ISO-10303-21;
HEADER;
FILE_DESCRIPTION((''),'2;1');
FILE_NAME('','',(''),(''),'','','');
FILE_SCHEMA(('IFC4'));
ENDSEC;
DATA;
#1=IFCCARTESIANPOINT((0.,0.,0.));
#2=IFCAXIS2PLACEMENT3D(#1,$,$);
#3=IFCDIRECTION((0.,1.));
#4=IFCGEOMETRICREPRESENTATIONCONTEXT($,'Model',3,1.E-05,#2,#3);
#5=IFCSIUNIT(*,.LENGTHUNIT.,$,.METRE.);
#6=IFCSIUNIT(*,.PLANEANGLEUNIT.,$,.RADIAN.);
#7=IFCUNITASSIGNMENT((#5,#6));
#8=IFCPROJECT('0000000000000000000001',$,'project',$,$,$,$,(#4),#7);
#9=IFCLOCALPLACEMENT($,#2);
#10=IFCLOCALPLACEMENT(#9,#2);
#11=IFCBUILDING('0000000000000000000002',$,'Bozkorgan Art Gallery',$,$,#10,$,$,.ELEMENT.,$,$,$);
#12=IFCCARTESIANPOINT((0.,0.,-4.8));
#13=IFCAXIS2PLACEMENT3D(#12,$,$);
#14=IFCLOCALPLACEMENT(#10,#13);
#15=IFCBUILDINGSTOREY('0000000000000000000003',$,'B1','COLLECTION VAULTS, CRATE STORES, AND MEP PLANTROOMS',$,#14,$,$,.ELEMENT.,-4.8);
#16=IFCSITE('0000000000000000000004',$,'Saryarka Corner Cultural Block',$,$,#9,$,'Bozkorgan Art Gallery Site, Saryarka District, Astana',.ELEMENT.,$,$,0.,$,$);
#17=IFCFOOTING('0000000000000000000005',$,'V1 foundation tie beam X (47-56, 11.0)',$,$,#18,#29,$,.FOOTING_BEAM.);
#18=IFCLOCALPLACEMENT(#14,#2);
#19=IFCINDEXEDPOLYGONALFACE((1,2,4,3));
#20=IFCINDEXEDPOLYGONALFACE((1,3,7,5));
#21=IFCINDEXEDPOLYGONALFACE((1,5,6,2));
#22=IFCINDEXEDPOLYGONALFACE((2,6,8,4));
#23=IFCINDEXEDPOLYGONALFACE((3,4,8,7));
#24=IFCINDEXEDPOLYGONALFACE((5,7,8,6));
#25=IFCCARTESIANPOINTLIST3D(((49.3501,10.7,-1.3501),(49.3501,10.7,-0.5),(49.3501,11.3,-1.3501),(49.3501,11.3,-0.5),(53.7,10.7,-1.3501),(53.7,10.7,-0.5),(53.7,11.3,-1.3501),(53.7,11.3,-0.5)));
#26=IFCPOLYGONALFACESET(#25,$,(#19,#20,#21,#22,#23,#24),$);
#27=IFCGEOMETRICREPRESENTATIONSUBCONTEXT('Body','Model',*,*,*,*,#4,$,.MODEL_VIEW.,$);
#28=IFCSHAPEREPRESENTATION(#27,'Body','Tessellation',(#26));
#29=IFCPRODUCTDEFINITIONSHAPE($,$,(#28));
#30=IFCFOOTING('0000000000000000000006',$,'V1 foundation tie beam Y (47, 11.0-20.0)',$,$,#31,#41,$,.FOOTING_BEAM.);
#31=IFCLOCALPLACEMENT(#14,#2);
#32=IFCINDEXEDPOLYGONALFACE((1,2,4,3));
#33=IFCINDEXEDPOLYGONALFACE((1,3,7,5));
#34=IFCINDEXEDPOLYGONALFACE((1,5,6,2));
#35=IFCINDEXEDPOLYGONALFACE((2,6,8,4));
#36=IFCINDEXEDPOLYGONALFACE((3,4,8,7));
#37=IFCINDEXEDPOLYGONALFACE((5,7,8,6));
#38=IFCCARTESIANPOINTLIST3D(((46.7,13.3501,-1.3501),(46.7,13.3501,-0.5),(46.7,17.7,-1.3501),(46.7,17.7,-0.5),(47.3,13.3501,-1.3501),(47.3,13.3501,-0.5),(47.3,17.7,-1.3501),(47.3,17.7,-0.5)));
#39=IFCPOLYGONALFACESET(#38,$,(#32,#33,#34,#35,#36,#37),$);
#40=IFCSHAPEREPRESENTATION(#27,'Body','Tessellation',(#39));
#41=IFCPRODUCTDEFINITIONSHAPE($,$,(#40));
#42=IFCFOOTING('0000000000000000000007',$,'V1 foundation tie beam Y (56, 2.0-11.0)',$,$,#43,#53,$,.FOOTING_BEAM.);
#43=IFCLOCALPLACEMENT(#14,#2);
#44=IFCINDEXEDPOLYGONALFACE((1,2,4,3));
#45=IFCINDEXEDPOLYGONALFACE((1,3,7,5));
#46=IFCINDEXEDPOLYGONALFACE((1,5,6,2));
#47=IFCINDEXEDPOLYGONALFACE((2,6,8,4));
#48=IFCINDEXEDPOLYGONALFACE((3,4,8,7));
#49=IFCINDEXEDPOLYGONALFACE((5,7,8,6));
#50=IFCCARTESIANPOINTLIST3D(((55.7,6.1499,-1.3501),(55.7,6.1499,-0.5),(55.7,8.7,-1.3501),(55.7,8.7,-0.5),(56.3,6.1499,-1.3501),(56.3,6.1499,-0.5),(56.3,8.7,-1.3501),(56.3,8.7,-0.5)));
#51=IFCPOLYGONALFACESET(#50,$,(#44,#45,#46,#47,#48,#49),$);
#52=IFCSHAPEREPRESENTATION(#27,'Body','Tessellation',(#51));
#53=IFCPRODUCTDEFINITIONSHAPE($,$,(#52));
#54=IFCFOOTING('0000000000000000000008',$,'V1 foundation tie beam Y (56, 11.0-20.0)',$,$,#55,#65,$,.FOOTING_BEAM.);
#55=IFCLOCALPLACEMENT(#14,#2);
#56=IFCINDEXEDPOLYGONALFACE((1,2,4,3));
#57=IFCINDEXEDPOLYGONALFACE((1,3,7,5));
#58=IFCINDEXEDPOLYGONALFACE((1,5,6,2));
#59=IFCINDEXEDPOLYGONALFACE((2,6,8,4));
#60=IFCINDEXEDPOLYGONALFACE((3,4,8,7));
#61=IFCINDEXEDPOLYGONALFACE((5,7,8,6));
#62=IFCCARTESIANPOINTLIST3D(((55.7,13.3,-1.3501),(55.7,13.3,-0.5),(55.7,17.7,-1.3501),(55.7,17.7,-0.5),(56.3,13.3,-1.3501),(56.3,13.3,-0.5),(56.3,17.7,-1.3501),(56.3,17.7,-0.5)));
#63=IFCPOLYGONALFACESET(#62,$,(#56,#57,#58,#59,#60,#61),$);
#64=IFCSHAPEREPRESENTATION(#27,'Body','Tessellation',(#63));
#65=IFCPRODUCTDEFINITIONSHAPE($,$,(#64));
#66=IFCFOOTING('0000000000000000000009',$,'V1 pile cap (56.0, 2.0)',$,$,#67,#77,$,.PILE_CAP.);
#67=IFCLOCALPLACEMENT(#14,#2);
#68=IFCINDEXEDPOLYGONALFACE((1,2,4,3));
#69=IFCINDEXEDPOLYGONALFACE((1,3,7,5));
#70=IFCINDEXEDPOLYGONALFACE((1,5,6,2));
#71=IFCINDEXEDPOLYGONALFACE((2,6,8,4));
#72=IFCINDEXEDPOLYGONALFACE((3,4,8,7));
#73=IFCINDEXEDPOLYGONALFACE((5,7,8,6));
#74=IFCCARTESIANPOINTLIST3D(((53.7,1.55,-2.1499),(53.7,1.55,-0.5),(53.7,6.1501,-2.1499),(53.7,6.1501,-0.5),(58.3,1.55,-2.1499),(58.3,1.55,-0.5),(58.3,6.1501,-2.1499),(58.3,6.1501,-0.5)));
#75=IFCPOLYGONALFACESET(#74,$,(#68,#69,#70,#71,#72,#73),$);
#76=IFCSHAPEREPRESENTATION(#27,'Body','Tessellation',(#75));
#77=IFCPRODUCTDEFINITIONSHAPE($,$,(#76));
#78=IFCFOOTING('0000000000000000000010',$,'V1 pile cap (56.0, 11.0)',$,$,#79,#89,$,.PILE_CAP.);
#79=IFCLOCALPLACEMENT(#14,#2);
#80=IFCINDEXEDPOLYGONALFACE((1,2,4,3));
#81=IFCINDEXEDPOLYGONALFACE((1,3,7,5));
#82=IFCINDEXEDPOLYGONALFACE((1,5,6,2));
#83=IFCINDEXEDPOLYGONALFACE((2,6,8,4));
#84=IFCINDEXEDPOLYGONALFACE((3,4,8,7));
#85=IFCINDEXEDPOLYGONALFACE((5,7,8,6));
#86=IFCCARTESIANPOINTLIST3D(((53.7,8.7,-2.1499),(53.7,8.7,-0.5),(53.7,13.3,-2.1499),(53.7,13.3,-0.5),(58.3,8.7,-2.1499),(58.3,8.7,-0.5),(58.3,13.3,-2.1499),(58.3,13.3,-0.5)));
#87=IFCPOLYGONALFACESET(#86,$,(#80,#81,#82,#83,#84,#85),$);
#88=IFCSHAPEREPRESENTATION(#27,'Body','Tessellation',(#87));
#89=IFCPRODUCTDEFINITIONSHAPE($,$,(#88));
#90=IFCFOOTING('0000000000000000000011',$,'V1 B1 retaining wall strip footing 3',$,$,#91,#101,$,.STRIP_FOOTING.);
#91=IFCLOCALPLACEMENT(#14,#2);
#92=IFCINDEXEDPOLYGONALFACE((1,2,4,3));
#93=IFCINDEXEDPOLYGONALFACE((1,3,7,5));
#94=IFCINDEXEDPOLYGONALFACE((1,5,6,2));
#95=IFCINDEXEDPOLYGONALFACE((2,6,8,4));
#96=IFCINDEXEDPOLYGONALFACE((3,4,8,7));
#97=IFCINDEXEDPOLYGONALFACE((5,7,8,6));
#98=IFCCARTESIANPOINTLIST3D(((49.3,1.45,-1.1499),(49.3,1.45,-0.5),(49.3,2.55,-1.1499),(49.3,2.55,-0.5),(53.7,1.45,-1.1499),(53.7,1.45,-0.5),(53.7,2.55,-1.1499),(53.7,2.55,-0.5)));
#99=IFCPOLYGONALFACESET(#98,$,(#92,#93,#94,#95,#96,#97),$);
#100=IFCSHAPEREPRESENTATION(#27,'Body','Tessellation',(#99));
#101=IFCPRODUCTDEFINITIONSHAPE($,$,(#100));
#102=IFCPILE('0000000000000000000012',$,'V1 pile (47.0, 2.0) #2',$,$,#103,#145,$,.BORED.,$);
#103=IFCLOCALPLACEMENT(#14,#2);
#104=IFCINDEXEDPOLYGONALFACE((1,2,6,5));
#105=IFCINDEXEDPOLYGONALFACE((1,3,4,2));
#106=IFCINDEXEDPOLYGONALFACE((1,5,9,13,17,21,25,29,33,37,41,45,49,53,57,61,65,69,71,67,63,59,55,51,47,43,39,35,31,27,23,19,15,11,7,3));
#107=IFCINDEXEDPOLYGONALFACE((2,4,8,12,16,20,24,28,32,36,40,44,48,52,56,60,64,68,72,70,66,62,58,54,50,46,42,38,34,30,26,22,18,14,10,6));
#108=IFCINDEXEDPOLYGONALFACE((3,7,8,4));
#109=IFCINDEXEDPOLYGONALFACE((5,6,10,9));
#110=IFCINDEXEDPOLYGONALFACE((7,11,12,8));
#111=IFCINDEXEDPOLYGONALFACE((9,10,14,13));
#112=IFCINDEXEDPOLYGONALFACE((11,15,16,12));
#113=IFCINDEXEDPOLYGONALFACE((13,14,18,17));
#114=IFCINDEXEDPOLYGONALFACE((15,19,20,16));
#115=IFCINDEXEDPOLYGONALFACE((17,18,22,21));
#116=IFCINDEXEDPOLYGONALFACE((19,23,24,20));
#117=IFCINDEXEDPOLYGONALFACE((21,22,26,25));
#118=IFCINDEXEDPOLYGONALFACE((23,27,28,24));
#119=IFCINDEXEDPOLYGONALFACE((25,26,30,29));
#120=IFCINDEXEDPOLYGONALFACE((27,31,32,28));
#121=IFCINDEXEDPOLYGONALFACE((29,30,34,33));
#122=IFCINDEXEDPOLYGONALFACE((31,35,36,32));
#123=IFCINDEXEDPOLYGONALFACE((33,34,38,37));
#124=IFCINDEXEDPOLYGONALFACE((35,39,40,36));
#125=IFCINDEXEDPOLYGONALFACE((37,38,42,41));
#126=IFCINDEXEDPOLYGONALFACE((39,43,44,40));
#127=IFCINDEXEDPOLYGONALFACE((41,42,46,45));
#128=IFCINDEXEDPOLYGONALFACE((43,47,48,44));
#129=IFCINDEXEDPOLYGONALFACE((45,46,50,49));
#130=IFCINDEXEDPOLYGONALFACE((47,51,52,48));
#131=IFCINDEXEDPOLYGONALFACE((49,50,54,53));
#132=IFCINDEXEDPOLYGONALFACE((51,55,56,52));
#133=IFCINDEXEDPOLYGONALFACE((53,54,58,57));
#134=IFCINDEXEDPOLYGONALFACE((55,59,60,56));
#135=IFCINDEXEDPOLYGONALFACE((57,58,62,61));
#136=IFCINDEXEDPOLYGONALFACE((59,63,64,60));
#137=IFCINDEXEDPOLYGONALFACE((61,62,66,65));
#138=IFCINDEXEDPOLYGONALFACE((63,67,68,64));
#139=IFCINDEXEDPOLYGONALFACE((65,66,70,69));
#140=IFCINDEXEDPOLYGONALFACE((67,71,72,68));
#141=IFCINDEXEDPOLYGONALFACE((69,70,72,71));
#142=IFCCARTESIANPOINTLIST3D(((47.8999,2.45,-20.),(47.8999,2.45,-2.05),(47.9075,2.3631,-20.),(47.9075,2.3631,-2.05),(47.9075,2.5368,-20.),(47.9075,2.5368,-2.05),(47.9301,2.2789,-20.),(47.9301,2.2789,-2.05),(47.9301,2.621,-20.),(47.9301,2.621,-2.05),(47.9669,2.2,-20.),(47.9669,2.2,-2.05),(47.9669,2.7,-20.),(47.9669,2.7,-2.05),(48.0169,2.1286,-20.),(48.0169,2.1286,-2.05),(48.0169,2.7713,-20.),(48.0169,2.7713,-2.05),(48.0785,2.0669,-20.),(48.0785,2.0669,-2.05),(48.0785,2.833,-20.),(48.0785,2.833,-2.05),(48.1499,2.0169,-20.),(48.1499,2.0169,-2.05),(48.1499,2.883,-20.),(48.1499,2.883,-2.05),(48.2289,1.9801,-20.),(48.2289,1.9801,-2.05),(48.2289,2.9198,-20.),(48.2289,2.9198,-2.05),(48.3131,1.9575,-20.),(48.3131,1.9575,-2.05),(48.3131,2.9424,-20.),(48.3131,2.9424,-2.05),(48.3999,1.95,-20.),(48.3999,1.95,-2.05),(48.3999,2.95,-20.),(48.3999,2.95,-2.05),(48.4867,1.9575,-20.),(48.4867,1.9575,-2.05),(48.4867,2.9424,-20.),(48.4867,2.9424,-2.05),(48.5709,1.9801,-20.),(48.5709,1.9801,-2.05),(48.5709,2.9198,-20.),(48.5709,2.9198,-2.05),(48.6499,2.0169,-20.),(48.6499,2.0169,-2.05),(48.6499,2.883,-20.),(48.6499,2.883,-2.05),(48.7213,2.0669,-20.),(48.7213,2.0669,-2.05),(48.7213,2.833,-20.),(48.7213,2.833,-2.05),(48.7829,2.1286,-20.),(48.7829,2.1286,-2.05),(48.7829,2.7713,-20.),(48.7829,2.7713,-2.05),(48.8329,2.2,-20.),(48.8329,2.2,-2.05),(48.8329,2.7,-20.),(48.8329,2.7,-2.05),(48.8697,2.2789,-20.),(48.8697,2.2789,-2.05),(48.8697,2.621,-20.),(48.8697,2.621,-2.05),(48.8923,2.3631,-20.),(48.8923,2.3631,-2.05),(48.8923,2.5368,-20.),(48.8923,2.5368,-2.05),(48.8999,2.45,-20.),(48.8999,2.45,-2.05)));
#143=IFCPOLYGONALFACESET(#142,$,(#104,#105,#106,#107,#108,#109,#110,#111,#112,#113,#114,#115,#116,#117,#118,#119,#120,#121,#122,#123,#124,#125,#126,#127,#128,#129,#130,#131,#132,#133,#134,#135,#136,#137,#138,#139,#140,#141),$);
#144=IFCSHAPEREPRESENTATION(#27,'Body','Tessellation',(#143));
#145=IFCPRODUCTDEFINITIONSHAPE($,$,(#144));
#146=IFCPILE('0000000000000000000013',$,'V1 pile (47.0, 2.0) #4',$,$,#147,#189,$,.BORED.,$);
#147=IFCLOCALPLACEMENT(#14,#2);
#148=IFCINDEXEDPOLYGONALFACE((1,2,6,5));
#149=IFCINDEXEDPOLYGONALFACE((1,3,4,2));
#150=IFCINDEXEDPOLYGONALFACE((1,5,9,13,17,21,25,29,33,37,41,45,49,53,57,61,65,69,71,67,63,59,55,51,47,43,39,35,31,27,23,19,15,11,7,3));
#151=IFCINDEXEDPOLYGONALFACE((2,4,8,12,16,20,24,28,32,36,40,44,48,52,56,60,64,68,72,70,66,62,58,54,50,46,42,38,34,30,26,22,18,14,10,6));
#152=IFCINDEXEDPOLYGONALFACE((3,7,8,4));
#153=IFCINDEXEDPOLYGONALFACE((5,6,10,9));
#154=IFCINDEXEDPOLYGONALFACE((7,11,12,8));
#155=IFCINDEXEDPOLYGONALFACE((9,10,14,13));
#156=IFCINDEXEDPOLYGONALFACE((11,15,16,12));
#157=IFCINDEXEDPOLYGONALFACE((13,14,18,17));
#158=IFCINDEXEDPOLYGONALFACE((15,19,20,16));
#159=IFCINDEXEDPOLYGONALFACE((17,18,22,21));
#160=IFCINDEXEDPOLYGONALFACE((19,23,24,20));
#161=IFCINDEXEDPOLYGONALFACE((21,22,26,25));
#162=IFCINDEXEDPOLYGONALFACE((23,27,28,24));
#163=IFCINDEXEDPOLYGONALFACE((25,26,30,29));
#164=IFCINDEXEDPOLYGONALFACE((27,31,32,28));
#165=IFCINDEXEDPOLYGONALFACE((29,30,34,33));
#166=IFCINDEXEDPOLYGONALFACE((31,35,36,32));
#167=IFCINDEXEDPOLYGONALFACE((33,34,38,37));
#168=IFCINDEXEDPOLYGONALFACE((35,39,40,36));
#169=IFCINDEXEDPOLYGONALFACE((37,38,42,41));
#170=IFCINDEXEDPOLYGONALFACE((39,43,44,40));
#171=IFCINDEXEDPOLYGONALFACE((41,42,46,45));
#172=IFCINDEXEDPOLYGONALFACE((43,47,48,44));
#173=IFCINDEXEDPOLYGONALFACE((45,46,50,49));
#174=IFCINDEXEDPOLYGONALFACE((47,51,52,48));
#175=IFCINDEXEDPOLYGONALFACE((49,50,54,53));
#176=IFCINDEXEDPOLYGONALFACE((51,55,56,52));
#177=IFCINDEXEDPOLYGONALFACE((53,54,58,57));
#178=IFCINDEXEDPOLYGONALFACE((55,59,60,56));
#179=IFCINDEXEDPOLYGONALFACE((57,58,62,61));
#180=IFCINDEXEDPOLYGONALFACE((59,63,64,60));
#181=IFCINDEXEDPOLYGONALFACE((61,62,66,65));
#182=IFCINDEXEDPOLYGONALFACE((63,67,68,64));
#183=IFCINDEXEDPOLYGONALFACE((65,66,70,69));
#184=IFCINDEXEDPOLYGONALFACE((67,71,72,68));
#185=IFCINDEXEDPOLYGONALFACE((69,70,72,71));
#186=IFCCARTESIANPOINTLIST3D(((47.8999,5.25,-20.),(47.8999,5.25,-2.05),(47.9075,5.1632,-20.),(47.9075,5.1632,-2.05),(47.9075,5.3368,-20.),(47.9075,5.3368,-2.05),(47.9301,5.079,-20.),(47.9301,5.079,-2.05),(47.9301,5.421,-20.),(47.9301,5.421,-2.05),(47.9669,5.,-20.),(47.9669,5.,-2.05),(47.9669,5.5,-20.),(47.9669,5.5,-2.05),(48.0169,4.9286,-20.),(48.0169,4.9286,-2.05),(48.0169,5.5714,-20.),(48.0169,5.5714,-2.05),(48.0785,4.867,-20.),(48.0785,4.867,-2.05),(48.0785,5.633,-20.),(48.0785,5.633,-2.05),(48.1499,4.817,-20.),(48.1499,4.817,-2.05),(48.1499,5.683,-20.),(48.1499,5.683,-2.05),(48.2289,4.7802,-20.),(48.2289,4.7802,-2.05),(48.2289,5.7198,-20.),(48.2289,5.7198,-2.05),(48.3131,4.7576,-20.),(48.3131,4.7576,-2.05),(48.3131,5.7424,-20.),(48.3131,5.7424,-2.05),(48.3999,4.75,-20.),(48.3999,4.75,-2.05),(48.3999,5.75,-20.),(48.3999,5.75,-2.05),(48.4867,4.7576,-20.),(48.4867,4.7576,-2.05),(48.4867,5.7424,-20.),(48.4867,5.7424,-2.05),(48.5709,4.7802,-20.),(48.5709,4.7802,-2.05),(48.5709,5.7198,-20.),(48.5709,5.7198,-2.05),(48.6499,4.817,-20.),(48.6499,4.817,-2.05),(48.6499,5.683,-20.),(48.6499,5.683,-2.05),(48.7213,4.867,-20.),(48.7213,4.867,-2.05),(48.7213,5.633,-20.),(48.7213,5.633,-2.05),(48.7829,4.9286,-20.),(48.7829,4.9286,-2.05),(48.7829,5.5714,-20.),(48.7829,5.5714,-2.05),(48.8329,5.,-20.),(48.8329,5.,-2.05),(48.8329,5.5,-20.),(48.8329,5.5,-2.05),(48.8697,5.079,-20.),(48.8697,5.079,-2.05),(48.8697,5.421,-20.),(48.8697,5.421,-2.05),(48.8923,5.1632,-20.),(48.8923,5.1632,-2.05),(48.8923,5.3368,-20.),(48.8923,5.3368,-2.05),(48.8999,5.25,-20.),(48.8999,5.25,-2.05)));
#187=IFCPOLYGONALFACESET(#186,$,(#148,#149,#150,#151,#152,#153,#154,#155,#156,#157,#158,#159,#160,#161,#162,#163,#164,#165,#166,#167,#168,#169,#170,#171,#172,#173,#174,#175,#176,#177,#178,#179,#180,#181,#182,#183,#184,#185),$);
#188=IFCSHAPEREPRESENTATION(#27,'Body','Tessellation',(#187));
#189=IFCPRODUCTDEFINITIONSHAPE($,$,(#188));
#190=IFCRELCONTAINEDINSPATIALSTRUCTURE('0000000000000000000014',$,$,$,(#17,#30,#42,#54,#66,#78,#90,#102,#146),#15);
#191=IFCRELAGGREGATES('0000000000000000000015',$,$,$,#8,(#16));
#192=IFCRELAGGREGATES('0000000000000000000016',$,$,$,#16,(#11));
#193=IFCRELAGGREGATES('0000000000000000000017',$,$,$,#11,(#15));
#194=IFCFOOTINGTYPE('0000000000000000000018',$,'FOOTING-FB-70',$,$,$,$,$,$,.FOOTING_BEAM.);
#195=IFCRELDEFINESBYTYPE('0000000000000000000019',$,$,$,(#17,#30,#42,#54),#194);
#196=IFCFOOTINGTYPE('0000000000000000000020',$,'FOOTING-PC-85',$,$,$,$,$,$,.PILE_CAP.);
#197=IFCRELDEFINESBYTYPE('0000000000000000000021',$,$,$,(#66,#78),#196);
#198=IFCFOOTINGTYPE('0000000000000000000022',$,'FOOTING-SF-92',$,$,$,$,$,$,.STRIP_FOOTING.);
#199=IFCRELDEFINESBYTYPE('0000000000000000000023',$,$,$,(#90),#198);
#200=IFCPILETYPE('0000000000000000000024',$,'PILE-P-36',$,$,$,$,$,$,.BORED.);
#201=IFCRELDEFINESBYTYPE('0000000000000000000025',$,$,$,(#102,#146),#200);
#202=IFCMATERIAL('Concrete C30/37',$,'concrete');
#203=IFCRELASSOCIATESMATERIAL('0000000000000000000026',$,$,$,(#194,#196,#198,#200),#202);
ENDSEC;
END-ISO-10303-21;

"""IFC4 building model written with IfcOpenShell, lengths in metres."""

from ifc_helpers import new_model, si_unit, direction, frame, origin, origin_2d, place, context, subcontext, project, spatial, rectangle, circle, extrude, material, material_profile, profile_set, type_object, element, save


model = new_model("IFC4")

# Units and contexts
model_context = context("Model", 3, precision=1e-05, world=origin(), true_north=direction((0.0, 1.0)))
body_context = subcontext(model_context, "Body", "Model", "MODEL_VIEW")
ifc_project = project(units=[si_unit("LENGTHUNIT", "METRE"), si_unit("PLANEANGLEUNIT", "RADIAN")], contexts=[model_context])

# Site, building, storey
site_placement = place(None, origin())
site = spatial("IfcSite", under=ifc_project, at=site_placement, Name="Saryarka Corner Cultural Block", LongName="Bozkorgan Art Gallery Site, Saryarka District, Astana", CompositionType="ELEMENT", RefElevation=0.0)
building_placement = place(site_placement, origin())
building = spatial("IfcBuilding", under=site, at=building_placement, Name="Bozkorgan Art Gallery", CompositionType="ELEMENT")
storey_placement = place(building_placement, frame((0.0, 0.0, -4.8)))
storey = spatial("IfcBuildingStorey", under=building, at=storey_placement, Name="B1", Description="COLLECTION VAULTS, CRATE STORES, AND MEP PLANTROOMS", CompositionType="ELEMENT", Elevation=-4.8)

# Footings
ifc_material_1 = material(Name="Concrete C30/37", Category="concrete")
ifc_material_profile_1 = material_profile(ifc_material_1, rectangle(XDim=0.6001, YDim=0.8501, at=origin_2d()), Name="FND 600x850")
ifc_profile_set_1 = profile_set([ifc_material_profile_1], Name="Concrete C30/37")
footing_type_1 = type_object("IfcFootingType", Name="FOOTING-FB-70", PredefinedType="FOOTING_BEAM", material=ifc_profile_set_1)
for number, where, z_axis, x_axis, name in (
    (1, (49.3501, 11.0, -0.925), (1.0, 0.0, 0.0), (0.0, 1.0, 0.0), "V1 foundation tie beam X (47-56, 11.0)"),
    (2, (47.0, 13.3501, -0.925), (0.0, 1.0, 0.0), (-1.0, 0.0, 0.0), "V1 foundation tie beam Y (47, 11.0-20.0)"),
):
    element("IfcFooting", number, at=place(storey_placement, frame(where, z_axis=z_axis, x_axis=x_axis)), inside=storey, type_object=footing_type_1, Name=name, PredefinedType="FOOTING_BEAM", context=body_context, shape_type="SweptSolid", body=[
        extrude(rectangle(XDim=0.6001, YDim=0.8501, at=origin_2d()), origin(), (0.0, 0.0, 1.0), 4.3499),
    ])
footing_1_placement = place(storey_placement, frame((56.0, 6.1499, -0.925), z_axis=(0.0, 1.0, 0.0), x_axis=(-1.0, 0.0, 0.0)))
element("IfcFooting", 3, at=footing_1_placement, inside=storey, type_object=footing_type_1, Name="V1 foundation tie beam Y (56, 2.0-11.0)", PredefinedType="FOOTING_BEAM", context=body_context, shape_type="SweptSolid", body=[
    extrude(rectangle(XDim=0.6001, YDim=0.8501, at=origin_2d()), origin(), (0.0, 0.0, 1.0), 2.55),
])
footing_2_placement = place(storey_placement, frame((56.0, 13.3, -0.925), z_axis=(0.0, 1.0, 0.0), x_axis=(-1.0, 0.0, 0.0)))
element("IfcFooting", 4, at=footing_2_placement, inside=storey, type_object=footing_type_1, Name="V1 foundation tie beam Y (56, 11.0-20.0)", PredefinedType="FOOTING_BEAM", context=body_context, shape_type="SweptSolid", body=[
    extrude(rectangle(XDim=0.6001, YDim=0.8501, at=origin_2d()), origin(), (0.0, 0.0, 1.0), 4.3999),
])
footing_type_2 = type_object("IfcFootingType", Name="FOOTING-PC-85", PredefinedType="PILE_CAP", material=ifc_material_1)
for number, where, z_axis, x_axis, name in (
    (5, (56.0, 3.8501, -2.1499), (0.0, 0.0, 1.0), (1.0, 0.0, 0.0), "V1 pile cap (56.0, 2.0)"),
    (6, (56.0, 11.0, -2.1499), (0.0, 0.0, 1.0), (1.0, 0.0, 0.0), "V1 pile cap (56.0, 11.0)"),
):
    element("IfcFooting", number, at=place(storey_placement, frame(where, z_axis=z_axis, x_axis=x_axis)), inside=storey, type_object=footing_type_2, Name=name, PredefinedType="PILE_CAP", context=body_context, shape_type="SweptSolid", body=[
        extrude(rectangle(XDim=4.6001, YDim=4.6001, at=origin_2d()), origin(), (0.0, 0.0, 1.0), 1.6499),
    ])
ifc_material_profile_2 = material_profile(ifc_material_1, rectangle(XDim=1.1001, YDim=0.6499, at=origin_2d()), Name="FND 1100x650")
ifc_profile_set_2 = profile_set([ifc_material_profile_2], Name="Concrete C30/37")
footing_type_3 = type_object("IfcFootingType", Name="FOOTING-SF-92", PredefinedType="STRIP_FOOTING", material=ifc_profile_set_2)
footing_3_placement = place(storey_placement, frame((49.3, 2.0, -0.825), z_axis=(1.0, 0.0, 0.0), x_axis=(0.0, 1.0, 0.0)))
element("IfcFooting", 7, at=footing_3_placement, inside=storey, type_object=footing_type_3, Name="V1 B1 retaining wall strip footing 3", PredefinedType="STRIP_FOOTING", context=body_context, shape_type="SweptSolid", body=[
    extrude(rectangle(XDim=1.1001, YDim=0.6499, at=origin_2d()), origin(), (0.0, 0.0, 1.0), 4.3999),
])

# Piles
ifc_material_profile_3 = material_profile(ifc_material_1, circle(Radius=0.5, at=origin_2d()), Name="PILE D1000")
ifc_profile_set_3 = profile_set([ifc_material_profile_3], Name="Concrete C30/37")
pile_type = type_object("IfcPileType", Name="PILE-P-36", PredefinedType="BORED", material=ifc_profile_set_3)
for number, where, z_axis, x_axis, name in (
    (8, (48.3999, 2.45, -2.05), (0.0, 0.0, -1.0), (1.0, 0.0, 0.0), "V1 pile (47.0, 2.0) #2"),
    (9, (48.3999, 5.25, -2.05), (0.0, 0.0, -1.0), (1.0, 0.0, 0.0), "V1 pile (47.0, 2.0) #4"),
):
    element("IfcPile", number, at=place(storey_placement, frame(where, z_axis=z_axis, x_axis=x_axis)), inside=storey, type_object=pile_type, Name=name, PredefinedType="BORED", context=body_context, shape_type="SweptSolid", body=[
        extrude(circle(Radius=0.5, at=origin_2d()), origin(), (0.0, 0.0, 1.0), 17.95),
    ])

save(model, "model.ifc")
